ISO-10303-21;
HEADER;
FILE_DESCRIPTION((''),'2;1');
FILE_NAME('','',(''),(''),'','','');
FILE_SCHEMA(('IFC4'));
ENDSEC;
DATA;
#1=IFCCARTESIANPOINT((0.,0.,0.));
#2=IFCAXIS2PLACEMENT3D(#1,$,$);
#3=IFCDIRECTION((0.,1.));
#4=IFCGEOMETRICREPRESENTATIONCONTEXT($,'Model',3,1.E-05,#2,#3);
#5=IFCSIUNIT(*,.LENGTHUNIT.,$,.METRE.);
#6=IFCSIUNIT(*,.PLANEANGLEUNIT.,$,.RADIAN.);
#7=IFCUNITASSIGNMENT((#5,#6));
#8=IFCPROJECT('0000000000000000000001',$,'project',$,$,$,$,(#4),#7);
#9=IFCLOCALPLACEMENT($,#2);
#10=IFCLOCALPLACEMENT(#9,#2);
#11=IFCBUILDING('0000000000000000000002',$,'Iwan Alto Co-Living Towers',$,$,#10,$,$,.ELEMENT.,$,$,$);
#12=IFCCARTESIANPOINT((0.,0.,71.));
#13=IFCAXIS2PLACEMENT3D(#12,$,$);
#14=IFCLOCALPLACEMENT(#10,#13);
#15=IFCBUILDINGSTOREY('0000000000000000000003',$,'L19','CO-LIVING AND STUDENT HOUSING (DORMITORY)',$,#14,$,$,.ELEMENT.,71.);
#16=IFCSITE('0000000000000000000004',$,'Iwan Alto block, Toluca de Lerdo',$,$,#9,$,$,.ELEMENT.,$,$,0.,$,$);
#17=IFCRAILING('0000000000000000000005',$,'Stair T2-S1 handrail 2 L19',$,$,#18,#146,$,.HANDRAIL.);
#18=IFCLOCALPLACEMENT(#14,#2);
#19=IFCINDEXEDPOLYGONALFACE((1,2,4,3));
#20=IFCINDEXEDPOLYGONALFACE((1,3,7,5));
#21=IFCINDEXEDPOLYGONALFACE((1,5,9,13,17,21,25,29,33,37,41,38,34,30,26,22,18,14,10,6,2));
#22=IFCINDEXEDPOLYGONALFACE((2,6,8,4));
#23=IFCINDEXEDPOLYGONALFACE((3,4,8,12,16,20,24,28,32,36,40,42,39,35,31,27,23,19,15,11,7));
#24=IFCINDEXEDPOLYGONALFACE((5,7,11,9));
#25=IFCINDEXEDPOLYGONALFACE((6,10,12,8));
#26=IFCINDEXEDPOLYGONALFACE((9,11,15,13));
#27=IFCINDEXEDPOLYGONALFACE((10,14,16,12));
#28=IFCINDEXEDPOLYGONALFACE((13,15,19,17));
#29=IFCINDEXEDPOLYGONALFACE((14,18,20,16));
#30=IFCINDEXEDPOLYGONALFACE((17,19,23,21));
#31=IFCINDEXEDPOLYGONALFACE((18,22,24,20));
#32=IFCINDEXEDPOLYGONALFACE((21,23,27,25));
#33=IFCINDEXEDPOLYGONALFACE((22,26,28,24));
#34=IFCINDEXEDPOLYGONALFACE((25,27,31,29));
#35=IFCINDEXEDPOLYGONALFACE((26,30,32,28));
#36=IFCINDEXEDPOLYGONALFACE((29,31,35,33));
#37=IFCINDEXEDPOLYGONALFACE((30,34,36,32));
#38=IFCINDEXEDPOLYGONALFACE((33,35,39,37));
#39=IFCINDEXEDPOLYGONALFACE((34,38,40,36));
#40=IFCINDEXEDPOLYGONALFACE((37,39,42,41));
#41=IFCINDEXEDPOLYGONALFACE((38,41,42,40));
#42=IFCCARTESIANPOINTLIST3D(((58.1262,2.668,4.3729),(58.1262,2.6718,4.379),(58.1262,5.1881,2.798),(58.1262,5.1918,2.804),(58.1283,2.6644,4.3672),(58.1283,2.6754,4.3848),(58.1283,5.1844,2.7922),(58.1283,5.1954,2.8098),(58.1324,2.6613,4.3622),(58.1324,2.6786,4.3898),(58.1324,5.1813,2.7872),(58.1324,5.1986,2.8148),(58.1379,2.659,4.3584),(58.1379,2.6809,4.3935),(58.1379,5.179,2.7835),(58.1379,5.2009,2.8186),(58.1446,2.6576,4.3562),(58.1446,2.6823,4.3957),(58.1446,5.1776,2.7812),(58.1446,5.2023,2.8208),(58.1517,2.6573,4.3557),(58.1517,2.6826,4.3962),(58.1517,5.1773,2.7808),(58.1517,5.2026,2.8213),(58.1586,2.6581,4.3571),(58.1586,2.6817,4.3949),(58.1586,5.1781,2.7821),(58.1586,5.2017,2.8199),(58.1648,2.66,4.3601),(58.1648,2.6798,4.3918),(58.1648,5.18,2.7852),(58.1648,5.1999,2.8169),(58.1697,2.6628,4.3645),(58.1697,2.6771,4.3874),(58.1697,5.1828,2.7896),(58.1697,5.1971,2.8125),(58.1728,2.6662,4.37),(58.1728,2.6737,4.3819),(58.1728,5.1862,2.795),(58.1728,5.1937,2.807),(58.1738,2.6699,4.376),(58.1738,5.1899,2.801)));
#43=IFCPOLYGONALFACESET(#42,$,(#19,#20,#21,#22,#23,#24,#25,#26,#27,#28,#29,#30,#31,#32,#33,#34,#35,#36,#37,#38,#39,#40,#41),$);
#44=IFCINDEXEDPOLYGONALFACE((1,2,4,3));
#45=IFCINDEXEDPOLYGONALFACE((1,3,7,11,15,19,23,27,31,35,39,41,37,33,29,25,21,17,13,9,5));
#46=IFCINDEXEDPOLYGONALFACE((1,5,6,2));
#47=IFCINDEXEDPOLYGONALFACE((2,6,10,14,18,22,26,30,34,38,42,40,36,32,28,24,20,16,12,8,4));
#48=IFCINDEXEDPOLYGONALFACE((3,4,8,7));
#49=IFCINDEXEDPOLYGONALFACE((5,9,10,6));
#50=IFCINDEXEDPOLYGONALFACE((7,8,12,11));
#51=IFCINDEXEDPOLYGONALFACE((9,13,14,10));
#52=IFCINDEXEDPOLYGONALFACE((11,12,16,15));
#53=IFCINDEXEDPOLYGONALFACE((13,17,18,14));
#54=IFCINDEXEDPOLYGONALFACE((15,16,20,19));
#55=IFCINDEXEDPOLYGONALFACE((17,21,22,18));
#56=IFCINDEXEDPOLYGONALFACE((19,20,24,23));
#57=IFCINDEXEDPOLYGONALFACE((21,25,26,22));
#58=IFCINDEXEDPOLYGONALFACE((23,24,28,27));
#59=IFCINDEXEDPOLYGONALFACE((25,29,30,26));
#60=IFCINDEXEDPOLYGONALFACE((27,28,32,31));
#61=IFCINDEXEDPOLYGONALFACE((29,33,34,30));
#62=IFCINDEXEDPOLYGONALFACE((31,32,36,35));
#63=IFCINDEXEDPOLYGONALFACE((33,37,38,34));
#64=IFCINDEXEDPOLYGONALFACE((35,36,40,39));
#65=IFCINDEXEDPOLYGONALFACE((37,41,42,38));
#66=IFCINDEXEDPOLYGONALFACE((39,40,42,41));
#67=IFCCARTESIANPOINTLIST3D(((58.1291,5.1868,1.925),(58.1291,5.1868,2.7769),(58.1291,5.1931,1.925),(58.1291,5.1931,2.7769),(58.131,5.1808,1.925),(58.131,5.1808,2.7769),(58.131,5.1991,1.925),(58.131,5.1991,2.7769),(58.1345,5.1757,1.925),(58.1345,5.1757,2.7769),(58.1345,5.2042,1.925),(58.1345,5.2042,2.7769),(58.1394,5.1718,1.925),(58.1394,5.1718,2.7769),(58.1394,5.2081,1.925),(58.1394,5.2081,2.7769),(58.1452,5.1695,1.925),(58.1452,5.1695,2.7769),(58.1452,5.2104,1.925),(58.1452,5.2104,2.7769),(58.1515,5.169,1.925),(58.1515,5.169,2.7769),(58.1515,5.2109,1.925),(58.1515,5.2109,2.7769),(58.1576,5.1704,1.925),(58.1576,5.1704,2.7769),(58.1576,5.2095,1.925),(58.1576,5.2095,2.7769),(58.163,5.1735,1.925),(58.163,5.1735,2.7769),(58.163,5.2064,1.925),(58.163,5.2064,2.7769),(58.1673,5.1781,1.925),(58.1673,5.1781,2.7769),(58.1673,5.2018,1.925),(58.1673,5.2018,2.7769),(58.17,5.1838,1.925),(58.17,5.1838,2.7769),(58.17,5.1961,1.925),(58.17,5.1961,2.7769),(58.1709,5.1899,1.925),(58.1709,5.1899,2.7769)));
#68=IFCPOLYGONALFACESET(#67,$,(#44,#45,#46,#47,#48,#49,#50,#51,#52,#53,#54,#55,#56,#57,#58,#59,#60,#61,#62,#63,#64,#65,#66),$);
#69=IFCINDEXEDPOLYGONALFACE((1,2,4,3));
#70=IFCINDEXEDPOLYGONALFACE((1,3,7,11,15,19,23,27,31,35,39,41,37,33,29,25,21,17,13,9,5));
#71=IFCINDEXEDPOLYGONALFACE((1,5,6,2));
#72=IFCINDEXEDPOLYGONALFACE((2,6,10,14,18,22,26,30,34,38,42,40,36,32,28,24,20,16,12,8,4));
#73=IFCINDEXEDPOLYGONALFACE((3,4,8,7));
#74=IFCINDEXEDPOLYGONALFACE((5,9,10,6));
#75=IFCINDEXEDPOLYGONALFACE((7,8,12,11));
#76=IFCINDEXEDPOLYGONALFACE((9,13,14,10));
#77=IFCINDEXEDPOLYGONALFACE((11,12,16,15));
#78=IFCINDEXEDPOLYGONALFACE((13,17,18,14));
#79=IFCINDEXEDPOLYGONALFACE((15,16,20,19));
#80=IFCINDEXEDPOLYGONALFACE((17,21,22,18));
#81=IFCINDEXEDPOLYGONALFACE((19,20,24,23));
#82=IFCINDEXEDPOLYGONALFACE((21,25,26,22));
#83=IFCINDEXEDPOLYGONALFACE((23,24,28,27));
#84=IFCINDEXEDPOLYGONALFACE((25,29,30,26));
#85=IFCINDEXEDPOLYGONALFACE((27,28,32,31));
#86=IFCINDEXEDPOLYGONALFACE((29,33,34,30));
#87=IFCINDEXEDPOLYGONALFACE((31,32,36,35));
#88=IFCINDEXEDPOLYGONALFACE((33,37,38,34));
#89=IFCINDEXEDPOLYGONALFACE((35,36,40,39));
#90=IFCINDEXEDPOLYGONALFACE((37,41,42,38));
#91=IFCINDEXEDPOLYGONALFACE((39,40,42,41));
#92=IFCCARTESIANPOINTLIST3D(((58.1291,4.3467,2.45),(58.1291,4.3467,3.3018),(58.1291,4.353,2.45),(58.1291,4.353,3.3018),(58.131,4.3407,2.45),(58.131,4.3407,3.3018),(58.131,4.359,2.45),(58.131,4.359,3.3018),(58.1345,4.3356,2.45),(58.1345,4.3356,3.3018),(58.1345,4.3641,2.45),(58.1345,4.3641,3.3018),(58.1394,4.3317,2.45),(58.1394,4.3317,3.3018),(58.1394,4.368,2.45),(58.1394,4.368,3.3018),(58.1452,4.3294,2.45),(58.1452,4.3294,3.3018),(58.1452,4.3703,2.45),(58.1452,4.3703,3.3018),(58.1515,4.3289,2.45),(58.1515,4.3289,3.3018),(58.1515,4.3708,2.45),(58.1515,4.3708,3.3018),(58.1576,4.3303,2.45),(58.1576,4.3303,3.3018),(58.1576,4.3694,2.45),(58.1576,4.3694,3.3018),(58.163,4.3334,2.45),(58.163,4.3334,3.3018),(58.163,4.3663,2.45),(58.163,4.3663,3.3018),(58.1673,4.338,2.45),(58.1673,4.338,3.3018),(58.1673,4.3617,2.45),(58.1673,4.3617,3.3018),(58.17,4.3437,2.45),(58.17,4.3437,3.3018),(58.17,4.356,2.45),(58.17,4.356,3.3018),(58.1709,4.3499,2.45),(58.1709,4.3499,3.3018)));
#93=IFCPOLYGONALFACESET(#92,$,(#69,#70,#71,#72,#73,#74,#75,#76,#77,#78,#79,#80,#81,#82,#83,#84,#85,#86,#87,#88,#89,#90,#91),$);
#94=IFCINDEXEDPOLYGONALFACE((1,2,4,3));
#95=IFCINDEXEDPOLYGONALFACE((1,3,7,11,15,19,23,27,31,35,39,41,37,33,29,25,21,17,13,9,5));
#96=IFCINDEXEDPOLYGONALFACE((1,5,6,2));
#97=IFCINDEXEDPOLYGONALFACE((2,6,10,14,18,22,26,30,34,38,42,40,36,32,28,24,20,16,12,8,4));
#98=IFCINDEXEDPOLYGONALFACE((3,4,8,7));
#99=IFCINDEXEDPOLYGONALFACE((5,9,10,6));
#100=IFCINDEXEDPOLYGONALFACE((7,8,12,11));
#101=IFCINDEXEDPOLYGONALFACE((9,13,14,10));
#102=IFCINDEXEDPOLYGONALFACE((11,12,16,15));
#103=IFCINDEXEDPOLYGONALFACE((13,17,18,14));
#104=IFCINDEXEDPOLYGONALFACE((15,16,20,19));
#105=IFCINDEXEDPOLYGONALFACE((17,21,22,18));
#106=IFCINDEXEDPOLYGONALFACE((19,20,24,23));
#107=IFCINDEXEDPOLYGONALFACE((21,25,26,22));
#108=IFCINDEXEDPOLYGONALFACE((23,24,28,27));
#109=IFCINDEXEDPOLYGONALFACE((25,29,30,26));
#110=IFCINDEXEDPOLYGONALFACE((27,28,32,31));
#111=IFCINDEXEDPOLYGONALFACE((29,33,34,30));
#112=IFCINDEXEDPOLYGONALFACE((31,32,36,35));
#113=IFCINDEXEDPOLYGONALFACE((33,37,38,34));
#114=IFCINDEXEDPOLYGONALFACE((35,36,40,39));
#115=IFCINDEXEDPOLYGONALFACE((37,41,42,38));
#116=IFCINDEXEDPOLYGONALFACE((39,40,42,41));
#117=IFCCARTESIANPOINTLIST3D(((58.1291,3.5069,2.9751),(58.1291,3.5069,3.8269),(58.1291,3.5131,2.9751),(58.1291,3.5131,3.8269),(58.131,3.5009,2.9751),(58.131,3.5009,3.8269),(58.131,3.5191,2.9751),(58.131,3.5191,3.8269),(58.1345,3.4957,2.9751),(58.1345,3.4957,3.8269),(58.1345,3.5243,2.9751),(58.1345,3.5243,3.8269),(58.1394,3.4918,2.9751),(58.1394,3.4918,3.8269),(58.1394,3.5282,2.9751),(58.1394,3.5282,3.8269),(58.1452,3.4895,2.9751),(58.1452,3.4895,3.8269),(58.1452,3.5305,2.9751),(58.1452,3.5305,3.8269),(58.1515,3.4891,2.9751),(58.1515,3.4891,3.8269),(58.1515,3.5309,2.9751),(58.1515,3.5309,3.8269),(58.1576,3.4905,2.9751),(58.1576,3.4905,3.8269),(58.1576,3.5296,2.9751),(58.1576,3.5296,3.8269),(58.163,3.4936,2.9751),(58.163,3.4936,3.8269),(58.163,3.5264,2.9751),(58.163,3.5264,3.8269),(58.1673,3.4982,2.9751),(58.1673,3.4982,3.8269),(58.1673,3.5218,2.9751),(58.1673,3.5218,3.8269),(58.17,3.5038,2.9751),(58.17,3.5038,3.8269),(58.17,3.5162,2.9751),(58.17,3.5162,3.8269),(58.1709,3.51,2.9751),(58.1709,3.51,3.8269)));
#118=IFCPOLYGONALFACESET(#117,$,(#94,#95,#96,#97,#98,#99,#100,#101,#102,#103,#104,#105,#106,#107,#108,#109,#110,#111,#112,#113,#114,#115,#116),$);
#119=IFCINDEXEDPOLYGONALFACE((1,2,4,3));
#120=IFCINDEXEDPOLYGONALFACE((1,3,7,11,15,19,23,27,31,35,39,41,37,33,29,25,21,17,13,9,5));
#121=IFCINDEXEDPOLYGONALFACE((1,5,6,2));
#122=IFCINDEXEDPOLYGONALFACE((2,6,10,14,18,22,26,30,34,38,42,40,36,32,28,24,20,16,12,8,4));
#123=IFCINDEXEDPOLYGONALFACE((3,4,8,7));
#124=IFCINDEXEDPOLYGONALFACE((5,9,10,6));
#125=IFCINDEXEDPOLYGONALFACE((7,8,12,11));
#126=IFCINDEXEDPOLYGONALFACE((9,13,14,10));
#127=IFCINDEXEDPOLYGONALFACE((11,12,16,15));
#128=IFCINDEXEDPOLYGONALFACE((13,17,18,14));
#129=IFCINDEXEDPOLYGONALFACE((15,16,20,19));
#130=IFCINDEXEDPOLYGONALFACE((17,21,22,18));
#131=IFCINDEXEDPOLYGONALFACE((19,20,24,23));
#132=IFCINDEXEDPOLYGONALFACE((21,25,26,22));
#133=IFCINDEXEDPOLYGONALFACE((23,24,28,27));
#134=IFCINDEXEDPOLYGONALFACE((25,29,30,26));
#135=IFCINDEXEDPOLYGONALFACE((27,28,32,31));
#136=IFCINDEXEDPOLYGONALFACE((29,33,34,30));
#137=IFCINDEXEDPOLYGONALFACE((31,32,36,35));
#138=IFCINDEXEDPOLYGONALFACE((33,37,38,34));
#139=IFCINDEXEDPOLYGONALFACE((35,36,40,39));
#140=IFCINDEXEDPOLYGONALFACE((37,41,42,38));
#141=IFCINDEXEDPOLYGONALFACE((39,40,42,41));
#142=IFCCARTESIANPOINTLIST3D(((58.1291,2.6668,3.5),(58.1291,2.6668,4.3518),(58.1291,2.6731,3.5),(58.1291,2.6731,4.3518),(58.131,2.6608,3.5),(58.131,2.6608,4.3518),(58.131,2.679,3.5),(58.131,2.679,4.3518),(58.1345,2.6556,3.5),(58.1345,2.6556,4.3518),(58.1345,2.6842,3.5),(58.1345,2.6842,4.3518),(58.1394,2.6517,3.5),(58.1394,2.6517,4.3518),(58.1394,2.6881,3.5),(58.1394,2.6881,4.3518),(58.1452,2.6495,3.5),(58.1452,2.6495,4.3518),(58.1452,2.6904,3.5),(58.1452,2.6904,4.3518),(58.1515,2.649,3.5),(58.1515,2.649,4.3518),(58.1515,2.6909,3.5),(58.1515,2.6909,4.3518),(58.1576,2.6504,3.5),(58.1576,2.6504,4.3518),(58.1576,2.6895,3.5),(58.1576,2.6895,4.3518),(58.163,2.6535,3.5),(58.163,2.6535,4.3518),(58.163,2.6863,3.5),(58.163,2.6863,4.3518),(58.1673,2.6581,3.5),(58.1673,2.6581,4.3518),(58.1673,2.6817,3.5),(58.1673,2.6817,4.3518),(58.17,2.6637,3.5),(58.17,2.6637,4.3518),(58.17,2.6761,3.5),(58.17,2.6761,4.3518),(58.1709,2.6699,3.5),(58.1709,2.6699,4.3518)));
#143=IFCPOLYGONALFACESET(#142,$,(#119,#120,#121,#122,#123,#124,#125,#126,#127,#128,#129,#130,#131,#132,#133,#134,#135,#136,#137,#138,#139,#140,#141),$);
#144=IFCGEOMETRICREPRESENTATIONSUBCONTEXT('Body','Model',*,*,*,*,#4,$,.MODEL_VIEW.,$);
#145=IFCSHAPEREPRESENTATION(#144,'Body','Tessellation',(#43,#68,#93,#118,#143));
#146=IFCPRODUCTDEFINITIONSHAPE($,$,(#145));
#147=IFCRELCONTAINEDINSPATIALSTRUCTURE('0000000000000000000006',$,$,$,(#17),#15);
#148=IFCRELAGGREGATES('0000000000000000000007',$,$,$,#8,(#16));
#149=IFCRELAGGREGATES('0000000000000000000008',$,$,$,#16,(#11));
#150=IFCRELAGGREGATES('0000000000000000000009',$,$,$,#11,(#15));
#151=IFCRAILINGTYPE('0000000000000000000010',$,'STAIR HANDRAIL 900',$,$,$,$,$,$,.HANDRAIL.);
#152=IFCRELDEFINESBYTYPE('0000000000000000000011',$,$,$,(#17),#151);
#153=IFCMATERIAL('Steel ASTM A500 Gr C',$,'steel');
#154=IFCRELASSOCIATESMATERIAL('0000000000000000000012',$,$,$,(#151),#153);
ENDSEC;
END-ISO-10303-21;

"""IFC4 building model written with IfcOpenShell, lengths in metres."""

from ifc_helpers import new_model, si_unit, direction, frame, origin, origin_2d, place, context, subcontext, project, spatial, circle, extrude, material, type_object, element, save


model = new_model("IFC4")

# Units and contexts
model_context = context("Model", 3, precision=1e-05, world=origin(), true_north=direction((0.0, 1.0)))
body_context = subcontext(model_context, "Body", "Model", "MODEL_VIEW")
ifc_project = project(units=[si_unit("LENGTHUNIT", "METRE"), si_unit("PLANEANGLEUNIT", "RADIAN")], contexts=[model_context])

# Site, building, storey
site_placement = place(None, origin())
site = spatial("IfcSite", under=ifc_project, at=site_placement, Name="Iwan Alto block, Toluca de Lerdo", CompositionType="ELEMENT", RefElevation=0.0)
building_placement = place(site_placement, origin())
building = spatial("IfcBuilding", under=site, at=building_placement, Name="Iwan Alto Co-Living Towers", CompositionType="ELEMENT")
storey_placement = place(building_placement, frame((0.0, 0.0, 71.0)))
storey = spatial("IfcBuildingStorey", under=building, at=storey_placement, Name="L19", Description="CO-LIVING AND STUDENT HOUSING (DORMITORY)", CompositionType="ELEMENT", Elevation=71.0)

# Railing
ifc_material_1 = material(Name="Steel ASTM A500 Gr C", Category="steel")
railing_type_1 = type_object("IfcRailingType", Name="STAIR HANDRAIL 900", PredefinedType="HANDRAIL", material=ifc_material_1)
railing_1_placement = place(storey_placement, frame((58.1499, 5.1899, 1.925)))
element("IfcRailing", 1, at=railing_1_placement, inside=storey, type_object=railing_type_1, Name="Stair T2-S1 handrail 2 L19", PredefinedType="HANDRAIL", context=body_context, shape_type="SweptSolid", body=[
    extrude(circle(Radius=0.0239, at=origin_2d()), frame((0.0, 0.0, 0.876), z_axis=(0.0, -0.848008, 0.529984), x_axis=(1.0, 0.0, 0.0)), (0.0, 0.0, 1.0), 2.9717),
    extrude(circle(Radius=0.021, at=origin_2d()), origin(), (0.0, 0.0, 1.0), 0.8518),
    extrude(circle(Radius=0.021, at=origin_2d()), frame((0.0, -0.8401, 0.5249)), (0.0, 0.0, 1.0), 0.8518),
    extrude(circle(Radius=0.021, at=origin_2d()), frame((0.0, -1.6799, 1.05)), (0.0, 0.0, 1.0), 0.8518),
    extrude(circle(Radius=0.021, at=origin_2d()), frame((0.0, -2.52, 1.575)), (0.0, 0.0, 1.0), 0.8518),
])

save(model, "model.ifc")
